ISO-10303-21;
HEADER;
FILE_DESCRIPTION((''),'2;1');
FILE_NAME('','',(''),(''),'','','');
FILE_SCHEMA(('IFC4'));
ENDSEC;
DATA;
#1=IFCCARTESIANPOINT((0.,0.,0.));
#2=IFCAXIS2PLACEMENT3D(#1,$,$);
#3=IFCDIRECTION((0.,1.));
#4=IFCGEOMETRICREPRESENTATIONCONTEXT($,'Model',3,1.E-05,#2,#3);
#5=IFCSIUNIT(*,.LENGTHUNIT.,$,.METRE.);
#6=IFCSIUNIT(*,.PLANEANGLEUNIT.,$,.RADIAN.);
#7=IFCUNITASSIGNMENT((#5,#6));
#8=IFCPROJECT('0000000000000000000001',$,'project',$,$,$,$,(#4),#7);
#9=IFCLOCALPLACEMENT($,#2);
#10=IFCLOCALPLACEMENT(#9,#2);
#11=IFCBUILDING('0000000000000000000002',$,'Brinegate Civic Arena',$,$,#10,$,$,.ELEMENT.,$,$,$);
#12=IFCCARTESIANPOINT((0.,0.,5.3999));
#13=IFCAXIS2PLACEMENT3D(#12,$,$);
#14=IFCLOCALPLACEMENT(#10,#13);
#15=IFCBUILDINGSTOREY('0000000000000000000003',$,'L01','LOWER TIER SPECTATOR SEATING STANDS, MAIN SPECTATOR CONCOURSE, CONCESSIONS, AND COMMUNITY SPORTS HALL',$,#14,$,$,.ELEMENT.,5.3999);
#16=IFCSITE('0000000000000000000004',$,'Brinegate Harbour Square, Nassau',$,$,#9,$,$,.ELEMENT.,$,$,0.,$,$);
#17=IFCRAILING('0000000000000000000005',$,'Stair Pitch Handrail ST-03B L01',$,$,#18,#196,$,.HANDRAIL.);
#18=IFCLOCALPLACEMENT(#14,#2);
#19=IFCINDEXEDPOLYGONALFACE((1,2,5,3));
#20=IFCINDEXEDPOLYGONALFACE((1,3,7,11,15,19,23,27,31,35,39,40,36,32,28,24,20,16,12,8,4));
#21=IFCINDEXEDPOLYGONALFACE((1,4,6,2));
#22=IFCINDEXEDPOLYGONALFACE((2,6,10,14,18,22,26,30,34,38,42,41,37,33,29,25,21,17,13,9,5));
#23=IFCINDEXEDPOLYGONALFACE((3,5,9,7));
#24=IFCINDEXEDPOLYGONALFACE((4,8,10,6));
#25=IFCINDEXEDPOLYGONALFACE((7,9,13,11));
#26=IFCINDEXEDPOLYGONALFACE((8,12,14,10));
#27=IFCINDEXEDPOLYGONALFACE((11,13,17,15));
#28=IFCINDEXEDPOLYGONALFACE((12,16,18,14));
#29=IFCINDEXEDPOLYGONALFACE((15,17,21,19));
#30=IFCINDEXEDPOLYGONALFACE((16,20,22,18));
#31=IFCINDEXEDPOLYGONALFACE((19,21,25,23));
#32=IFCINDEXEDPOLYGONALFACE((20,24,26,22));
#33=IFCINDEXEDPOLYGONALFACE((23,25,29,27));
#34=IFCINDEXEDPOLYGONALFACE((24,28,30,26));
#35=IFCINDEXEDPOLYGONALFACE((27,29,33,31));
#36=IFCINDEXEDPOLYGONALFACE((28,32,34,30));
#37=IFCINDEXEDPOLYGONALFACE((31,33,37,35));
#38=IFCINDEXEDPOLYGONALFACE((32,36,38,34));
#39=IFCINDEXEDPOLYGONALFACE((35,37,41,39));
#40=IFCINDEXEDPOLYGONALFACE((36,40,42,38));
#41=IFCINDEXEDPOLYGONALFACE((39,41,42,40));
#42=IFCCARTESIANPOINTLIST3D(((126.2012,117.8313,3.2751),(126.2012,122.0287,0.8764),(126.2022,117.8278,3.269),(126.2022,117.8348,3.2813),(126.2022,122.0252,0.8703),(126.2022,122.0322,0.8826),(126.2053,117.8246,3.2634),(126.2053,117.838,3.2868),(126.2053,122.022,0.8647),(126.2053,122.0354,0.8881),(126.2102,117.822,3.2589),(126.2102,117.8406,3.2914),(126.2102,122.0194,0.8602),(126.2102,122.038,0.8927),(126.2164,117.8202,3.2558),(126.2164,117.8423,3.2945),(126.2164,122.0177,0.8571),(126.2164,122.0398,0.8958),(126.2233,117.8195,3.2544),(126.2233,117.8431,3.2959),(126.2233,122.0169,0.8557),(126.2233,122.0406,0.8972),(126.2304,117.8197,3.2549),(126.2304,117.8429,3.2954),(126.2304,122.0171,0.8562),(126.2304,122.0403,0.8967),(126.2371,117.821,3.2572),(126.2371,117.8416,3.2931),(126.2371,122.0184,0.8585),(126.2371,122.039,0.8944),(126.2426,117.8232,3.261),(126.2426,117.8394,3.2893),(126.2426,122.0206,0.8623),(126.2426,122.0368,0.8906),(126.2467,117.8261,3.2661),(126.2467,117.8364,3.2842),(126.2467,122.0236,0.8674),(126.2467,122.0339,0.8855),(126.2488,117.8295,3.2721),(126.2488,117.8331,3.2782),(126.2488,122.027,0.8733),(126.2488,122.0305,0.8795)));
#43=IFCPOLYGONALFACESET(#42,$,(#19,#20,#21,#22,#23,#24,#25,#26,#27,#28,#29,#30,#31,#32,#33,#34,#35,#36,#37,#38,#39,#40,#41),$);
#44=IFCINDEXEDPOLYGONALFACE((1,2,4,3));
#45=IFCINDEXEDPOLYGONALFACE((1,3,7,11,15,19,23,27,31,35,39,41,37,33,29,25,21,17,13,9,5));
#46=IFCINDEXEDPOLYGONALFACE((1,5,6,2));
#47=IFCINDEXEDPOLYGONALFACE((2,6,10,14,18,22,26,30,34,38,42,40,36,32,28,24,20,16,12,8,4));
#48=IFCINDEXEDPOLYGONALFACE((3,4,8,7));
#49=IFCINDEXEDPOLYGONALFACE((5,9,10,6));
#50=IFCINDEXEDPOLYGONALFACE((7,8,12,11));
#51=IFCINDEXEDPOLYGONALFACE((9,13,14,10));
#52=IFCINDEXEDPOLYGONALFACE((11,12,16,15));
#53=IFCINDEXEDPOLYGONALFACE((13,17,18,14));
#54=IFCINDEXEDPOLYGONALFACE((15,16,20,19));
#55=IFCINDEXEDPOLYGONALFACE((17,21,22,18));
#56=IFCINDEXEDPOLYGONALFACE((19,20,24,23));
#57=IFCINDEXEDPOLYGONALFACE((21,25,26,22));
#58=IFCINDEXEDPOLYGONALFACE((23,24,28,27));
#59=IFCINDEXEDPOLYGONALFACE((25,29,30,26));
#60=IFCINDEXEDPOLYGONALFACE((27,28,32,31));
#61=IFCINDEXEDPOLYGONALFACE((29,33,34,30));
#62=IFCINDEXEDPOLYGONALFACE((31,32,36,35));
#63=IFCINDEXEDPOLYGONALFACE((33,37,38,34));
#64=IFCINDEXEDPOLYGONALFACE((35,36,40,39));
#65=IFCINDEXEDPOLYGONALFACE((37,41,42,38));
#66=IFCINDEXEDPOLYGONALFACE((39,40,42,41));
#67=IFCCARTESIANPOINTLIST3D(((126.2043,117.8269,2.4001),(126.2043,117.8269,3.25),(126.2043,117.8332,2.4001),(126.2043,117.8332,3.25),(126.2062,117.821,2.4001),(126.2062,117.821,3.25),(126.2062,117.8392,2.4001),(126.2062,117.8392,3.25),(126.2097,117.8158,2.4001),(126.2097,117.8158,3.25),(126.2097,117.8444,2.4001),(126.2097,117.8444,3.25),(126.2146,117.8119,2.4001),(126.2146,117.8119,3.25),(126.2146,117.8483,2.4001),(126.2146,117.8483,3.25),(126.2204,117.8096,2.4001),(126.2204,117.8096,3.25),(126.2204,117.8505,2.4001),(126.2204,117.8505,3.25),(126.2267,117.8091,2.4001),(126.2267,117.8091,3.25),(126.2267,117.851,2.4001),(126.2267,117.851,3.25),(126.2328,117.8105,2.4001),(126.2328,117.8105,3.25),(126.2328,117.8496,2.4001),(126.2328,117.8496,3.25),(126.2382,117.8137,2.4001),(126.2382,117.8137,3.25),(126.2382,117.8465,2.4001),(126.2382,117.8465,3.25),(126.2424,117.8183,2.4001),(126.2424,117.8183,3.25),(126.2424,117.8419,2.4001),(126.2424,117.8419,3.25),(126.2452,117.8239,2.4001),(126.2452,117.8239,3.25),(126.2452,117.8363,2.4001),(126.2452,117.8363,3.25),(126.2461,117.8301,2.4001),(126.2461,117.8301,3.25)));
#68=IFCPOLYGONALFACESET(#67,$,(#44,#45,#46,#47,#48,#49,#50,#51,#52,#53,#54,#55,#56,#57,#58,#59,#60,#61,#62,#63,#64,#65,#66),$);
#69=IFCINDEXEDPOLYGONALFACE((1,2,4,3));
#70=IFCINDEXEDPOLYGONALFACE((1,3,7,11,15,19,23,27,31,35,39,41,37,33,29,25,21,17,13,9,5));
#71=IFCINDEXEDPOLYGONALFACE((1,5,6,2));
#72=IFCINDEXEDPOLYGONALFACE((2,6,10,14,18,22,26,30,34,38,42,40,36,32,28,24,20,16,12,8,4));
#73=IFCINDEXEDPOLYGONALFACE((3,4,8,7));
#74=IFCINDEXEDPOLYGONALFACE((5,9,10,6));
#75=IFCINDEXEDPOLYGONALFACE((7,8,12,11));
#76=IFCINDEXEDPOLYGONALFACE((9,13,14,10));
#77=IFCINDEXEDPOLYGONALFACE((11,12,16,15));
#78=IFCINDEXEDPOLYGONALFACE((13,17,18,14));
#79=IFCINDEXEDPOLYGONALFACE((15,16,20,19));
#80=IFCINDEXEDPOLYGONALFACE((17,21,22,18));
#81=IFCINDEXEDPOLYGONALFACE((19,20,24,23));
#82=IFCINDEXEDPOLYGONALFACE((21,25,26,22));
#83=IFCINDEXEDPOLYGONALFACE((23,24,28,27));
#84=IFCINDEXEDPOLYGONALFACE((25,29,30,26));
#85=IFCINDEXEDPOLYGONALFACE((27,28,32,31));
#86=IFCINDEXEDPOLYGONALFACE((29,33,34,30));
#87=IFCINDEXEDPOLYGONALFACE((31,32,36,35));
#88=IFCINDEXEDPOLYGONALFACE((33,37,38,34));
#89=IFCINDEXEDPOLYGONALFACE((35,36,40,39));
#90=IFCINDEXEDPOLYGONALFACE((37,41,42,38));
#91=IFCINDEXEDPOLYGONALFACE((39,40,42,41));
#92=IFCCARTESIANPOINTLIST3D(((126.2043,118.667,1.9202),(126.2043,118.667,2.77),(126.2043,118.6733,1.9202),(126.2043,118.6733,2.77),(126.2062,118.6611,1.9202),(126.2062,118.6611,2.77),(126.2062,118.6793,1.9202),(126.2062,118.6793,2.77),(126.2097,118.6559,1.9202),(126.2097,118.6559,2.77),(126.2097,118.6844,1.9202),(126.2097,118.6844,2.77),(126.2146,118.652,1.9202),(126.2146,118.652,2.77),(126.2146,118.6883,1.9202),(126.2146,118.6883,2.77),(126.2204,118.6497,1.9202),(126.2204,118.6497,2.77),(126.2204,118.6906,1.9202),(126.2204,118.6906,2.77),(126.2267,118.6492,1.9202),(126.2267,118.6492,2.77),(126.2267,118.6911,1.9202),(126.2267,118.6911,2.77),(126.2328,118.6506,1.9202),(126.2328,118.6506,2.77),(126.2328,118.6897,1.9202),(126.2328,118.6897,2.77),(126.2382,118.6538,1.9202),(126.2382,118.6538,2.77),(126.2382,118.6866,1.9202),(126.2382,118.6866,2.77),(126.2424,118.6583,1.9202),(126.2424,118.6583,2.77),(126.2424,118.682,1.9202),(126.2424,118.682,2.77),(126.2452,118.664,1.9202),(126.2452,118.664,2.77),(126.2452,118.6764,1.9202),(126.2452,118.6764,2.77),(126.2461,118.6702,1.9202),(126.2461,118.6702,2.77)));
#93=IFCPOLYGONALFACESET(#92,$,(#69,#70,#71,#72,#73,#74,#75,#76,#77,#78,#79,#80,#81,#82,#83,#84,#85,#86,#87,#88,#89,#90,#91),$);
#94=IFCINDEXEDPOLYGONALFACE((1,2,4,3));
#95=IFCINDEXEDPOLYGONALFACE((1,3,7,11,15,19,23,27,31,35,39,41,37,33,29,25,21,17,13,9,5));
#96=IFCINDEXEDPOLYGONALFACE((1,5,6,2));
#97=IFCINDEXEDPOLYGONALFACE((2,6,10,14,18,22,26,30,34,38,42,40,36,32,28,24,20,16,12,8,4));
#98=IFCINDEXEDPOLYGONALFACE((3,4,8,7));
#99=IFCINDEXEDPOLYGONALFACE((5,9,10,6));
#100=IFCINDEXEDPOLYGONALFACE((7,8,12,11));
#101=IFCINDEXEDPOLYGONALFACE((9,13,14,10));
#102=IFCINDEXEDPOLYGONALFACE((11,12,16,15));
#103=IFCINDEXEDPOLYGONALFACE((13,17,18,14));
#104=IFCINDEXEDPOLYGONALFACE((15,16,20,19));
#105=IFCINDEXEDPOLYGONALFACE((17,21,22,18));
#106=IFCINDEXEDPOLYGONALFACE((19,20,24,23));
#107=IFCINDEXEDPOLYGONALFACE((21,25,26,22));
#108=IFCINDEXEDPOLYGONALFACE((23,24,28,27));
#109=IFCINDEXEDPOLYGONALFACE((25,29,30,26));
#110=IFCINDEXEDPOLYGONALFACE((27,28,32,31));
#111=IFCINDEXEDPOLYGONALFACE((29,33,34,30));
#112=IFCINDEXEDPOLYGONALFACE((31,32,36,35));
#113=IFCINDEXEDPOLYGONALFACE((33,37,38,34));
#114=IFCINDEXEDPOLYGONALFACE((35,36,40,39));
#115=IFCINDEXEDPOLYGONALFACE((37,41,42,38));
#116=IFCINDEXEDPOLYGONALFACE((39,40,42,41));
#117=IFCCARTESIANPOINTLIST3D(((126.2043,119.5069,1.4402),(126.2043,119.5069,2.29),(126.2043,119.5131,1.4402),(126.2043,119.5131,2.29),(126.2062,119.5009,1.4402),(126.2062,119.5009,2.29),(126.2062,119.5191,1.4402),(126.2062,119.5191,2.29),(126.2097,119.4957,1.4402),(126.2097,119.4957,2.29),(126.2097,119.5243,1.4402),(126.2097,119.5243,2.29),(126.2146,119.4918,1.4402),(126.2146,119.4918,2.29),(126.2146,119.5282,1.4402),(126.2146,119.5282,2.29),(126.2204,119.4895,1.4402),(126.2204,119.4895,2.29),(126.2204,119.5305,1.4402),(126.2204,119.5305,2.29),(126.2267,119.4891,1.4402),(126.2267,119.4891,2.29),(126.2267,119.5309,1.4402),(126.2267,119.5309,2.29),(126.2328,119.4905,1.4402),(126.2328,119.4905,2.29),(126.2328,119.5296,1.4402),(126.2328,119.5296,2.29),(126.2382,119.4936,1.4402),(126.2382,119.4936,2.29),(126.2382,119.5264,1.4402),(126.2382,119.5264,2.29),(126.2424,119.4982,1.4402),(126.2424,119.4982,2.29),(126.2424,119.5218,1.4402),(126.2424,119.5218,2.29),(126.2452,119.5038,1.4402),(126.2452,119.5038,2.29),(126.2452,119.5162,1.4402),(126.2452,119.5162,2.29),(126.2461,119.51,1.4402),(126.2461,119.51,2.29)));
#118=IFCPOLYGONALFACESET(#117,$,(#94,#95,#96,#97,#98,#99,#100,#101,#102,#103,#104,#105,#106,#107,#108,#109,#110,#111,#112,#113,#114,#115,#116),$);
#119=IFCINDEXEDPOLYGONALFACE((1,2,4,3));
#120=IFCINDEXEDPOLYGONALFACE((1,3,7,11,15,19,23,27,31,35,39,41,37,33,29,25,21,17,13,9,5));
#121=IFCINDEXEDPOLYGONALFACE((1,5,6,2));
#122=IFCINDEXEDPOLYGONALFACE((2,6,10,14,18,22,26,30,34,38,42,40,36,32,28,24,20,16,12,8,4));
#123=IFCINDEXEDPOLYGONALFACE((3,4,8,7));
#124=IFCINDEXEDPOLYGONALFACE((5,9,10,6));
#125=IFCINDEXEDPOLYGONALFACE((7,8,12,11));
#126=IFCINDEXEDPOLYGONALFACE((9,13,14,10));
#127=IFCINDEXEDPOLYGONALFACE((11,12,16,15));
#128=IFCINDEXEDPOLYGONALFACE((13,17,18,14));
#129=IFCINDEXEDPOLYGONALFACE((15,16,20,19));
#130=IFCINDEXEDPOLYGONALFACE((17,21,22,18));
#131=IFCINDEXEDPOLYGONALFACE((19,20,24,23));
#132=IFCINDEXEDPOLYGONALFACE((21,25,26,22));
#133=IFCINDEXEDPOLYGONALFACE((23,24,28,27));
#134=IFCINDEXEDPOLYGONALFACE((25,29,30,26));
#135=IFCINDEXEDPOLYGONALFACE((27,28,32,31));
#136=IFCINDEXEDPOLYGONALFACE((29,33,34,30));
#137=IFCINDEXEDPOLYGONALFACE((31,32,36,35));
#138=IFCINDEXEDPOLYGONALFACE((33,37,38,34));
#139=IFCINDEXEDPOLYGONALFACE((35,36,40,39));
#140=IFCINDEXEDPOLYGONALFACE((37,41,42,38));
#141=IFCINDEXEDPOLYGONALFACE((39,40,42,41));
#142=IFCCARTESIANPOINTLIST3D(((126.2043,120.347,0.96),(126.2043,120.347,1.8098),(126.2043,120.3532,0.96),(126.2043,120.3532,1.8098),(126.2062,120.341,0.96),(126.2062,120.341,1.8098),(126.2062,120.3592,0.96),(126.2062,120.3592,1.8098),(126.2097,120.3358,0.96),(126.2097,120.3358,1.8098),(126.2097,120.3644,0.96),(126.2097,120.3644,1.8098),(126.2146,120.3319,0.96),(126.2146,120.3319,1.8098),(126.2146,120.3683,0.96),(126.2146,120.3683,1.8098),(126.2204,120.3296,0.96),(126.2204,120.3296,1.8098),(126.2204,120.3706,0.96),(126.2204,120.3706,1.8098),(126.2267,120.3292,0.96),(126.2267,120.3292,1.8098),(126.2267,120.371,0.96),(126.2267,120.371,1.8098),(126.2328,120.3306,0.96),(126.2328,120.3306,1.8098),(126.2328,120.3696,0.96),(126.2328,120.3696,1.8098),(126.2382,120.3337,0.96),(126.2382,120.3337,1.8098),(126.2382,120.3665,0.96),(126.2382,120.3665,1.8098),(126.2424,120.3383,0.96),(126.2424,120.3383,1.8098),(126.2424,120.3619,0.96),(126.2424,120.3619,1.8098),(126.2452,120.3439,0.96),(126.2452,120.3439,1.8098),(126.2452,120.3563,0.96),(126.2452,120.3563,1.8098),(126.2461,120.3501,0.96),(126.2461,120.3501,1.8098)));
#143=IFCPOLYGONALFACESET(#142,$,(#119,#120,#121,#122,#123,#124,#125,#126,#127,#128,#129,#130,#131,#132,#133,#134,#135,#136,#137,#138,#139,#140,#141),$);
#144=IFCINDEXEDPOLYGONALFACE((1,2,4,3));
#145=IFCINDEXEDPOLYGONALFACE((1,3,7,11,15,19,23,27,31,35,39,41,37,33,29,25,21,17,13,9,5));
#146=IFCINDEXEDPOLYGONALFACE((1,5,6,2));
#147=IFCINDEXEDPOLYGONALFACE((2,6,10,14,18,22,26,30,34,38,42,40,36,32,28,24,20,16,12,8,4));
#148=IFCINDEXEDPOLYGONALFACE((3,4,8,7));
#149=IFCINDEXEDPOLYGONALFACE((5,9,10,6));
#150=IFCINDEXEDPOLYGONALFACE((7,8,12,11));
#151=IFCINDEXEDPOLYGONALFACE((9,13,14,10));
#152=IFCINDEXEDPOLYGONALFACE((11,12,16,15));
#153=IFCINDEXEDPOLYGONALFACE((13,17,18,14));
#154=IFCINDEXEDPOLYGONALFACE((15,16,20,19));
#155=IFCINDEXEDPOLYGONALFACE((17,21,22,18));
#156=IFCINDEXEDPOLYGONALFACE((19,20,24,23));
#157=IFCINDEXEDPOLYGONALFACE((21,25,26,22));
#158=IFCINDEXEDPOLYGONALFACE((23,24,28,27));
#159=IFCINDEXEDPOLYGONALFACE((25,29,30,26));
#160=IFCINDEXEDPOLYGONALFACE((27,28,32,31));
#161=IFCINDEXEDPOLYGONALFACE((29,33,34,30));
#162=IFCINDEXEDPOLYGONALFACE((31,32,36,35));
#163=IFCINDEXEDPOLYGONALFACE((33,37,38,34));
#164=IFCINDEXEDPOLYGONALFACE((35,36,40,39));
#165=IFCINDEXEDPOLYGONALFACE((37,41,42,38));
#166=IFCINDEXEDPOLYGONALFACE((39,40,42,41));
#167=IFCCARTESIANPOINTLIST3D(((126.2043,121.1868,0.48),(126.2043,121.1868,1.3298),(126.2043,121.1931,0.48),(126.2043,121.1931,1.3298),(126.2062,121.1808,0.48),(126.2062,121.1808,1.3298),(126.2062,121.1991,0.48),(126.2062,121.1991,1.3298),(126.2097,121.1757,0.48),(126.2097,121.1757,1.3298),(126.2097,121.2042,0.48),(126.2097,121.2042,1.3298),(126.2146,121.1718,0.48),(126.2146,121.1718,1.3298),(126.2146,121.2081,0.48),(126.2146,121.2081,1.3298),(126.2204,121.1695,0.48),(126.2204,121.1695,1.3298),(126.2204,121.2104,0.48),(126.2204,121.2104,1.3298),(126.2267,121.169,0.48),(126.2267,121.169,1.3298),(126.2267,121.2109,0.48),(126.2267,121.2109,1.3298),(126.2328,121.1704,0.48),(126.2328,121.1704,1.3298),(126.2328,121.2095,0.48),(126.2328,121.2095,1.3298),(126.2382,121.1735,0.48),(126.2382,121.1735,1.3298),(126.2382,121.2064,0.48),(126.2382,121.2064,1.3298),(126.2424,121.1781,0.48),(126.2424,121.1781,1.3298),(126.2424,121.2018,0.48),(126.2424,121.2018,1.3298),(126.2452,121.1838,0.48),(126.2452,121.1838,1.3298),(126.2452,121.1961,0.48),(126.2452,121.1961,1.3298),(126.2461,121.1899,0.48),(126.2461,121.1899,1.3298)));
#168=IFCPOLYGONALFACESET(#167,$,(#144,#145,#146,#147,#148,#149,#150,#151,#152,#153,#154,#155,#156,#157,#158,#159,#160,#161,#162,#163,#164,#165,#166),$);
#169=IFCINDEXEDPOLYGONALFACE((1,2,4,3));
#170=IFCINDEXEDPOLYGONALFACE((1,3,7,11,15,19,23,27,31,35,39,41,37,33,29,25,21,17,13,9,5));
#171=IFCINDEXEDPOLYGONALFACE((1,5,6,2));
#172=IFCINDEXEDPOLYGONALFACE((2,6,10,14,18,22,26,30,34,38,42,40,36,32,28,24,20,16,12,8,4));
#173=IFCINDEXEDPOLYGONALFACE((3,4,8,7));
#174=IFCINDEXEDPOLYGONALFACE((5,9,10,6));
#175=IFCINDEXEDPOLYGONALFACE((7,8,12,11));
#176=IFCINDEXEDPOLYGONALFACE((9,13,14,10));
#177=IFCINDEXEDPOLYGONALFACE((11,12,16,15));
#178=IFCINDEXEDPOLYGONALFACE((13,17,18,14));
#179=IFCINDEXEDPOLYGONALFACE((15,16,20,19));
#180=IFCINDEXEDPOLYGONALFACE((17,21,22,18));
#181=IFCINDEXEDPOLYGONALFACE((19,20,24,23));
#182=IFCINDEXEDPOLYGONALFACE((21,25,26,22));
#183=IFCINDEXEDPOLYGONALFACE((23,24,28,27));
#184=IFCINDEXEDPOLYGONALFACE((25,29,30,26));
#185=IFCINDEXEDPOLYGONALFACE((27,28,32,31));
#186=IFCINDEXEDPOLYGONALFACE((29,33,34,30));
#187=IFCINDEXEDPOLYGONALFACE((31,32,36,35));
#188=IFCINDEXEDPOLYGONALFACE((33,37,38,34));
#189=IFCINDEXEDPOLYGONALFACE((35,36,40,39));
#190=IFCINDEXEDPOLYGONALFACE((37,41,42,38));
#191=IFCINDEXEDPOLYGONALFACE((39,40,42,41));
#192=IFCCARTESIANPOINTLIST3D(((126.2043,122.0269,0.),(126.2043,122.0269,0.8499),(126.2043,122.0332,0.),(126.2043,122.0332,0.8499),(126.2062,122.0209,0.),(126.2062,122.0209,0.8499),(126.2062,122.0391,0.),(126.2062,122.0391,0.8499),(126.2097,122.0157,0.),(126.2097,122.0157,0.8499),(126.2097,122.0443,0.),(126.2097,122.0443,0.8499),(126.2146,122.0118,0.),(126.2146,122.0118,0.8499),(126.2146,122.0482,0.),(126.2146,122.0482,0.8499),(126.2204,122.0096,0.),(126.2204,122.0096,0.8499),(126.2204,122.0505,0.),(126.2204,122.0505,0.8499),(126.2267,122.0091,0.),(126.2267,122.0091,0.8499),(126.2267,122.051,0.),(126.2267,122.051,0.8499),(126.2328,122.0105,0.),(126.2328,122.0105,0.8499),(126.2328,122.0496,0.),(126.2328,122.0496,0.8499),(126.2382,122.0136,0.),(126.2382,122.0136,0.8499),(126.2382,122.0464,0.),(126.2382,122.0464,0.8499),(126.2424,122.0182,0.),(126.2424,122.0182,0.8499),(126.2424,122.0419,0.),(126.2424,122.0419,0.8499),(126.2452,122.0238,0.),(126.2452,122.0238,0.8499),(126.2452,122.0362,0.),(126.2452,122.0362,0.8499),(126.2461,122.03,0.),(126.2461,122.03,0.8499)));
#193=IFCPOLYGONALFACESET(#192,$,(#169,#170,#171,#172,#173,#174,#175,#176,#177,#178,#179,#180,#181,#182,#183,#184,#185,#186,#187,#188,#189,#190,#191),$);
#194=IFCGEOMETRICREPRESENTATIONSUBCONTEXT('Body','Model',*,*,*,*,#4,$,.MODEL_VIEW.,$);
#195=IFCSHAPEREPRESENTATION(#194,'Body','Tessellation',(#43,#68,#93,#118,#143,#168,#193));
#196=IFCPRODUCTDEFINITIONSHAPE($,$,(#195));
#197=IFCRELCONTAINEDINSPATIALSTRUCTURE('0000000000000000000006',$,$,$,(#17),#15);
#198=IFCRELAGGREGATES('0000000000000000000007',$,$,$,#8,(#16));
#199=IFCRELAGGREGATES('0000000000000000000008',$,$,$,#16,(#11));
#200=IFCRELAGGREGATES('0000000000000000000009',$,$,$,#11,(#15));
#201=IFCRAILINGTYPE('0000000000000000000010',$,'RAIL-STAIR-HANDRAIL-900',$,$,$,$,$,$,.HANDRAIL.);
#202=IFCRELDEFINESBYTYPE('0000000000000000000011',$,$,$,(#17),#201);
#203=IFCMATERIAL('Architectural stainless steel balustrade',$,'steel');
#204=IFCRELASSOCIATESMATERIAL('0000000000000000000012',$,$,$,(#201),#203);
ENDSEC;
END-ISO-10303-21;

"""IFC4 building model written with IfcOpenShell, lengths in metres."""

from ifc_helpers import new_model, si_unit, direction, frame, origin, origin_2d, place, context, subcontext, project, spatial, circle, extrude, material, type_object, element, save


model = new_model("IFC4")

# Units and contexts
model_context = context("Model", 3, precision=1e-05, world=origin(), true_north=direction((0.0, 1.0)))
body_context = subcontext(model_context, "Body", "Model", "MODEL_VIEW")
ifc_project = project(units=[si_unit("LENGTHUNIT", "METRE"), si_unit("PLANEANGLEUNIT", "RADIAN")], contexts=[model_context])

# Site, building, storey
site_placement = place(None, origin())
site = spatial("IfcSite", under=ifc_project, at=site_placement, Name="Brinegate Harbour Square, Nassau", CompositionType="ELEMENT", RefElevation=0.0)
building_placement = place(site_placement, origin())
building = spatial("IfcBuilding", under=site, at=building_placement, Name="Brinegate Civic Arena", CompositionType="ELEMENT")
storey_placement = place(building_placement, frame((0.0, 0.0, 5.3999)))
storey = spatial("IfcBuildingStorey", under=building, at=storey_placement, Name="L01", Description="LOWER TIER SPECTATOR SEATING STANDS, MAIN SPECTATOR CONCOURSE, CONCESSIONS, AND COMMUNITY SPORTS HALL", CompositionType="ELEMENT", Elevation=5.3999)

# Railing
ifc_material_1 = material(Name="Architectural stainless steel balustrade", Category="steel")
railing_type_1 = type_object("IfcRailingType", Name="RAIL-STAIR-HANDRAIL-900", PredefinedType="HANDRAIL", material=ifc_material_1)
for number, where, name in (
    (1, (126.2251, 117.8301, 2.4001), "Stair Pitch Handrail ST-03B L01"),
):
    element("IfcRailing", number, at=place(storey_placement, frame(where)), inside=storey, type_object=railing_type_1, Name=name, PredefinedType="HANDRAIL", context=body_context, shape_type="SweptSolid", body=[
        extrude(circle(Radius=0.0239, at=origin_2d()), frame((0.0, 0.0012, 0.875), z_axis=(0.0, 0.868228, -0.496166), x_axis=(-1.0, 0.0, 0.0)), (0.0, 0.0, 1.0), 4.8345),
        extrude(circle(Radius=0.021, at=origin_2d()), origin(), (0.0, 0.0, 1.0), 0.8499),
        extrude(circle(Radius=0.021, at=origin_2d()), frame((0.0, 0.8401, -0.48)), (0.0, 0.0, 1.0), 0.8499),
        extrude(circle(Radius=0.021, at=origin_2d()), frame((0.0, 1.6799, -0.96)), (0.0, 0.0, 1.0), 0.8499),
        extrude(circle(Radius=0.021, at=origin_2d()), frame((0.0, 2.52, -1.4402)), (0.0, 0.0, 1.0), 0.8499),
        extrude(circle(Radius=0.021, at=origin_2d()), frame((0.0, 3.3599, -1.9202)), (0.0, 0.0, 1.0), 0.8499),
        extrude(circle(Radius=0.021, at=origin_2d()), frame((0.0, 4.2, -2.4001)), (0.0, 0.0, 1.0), 0.8499),
    ])

save(model, "model.ifc")
